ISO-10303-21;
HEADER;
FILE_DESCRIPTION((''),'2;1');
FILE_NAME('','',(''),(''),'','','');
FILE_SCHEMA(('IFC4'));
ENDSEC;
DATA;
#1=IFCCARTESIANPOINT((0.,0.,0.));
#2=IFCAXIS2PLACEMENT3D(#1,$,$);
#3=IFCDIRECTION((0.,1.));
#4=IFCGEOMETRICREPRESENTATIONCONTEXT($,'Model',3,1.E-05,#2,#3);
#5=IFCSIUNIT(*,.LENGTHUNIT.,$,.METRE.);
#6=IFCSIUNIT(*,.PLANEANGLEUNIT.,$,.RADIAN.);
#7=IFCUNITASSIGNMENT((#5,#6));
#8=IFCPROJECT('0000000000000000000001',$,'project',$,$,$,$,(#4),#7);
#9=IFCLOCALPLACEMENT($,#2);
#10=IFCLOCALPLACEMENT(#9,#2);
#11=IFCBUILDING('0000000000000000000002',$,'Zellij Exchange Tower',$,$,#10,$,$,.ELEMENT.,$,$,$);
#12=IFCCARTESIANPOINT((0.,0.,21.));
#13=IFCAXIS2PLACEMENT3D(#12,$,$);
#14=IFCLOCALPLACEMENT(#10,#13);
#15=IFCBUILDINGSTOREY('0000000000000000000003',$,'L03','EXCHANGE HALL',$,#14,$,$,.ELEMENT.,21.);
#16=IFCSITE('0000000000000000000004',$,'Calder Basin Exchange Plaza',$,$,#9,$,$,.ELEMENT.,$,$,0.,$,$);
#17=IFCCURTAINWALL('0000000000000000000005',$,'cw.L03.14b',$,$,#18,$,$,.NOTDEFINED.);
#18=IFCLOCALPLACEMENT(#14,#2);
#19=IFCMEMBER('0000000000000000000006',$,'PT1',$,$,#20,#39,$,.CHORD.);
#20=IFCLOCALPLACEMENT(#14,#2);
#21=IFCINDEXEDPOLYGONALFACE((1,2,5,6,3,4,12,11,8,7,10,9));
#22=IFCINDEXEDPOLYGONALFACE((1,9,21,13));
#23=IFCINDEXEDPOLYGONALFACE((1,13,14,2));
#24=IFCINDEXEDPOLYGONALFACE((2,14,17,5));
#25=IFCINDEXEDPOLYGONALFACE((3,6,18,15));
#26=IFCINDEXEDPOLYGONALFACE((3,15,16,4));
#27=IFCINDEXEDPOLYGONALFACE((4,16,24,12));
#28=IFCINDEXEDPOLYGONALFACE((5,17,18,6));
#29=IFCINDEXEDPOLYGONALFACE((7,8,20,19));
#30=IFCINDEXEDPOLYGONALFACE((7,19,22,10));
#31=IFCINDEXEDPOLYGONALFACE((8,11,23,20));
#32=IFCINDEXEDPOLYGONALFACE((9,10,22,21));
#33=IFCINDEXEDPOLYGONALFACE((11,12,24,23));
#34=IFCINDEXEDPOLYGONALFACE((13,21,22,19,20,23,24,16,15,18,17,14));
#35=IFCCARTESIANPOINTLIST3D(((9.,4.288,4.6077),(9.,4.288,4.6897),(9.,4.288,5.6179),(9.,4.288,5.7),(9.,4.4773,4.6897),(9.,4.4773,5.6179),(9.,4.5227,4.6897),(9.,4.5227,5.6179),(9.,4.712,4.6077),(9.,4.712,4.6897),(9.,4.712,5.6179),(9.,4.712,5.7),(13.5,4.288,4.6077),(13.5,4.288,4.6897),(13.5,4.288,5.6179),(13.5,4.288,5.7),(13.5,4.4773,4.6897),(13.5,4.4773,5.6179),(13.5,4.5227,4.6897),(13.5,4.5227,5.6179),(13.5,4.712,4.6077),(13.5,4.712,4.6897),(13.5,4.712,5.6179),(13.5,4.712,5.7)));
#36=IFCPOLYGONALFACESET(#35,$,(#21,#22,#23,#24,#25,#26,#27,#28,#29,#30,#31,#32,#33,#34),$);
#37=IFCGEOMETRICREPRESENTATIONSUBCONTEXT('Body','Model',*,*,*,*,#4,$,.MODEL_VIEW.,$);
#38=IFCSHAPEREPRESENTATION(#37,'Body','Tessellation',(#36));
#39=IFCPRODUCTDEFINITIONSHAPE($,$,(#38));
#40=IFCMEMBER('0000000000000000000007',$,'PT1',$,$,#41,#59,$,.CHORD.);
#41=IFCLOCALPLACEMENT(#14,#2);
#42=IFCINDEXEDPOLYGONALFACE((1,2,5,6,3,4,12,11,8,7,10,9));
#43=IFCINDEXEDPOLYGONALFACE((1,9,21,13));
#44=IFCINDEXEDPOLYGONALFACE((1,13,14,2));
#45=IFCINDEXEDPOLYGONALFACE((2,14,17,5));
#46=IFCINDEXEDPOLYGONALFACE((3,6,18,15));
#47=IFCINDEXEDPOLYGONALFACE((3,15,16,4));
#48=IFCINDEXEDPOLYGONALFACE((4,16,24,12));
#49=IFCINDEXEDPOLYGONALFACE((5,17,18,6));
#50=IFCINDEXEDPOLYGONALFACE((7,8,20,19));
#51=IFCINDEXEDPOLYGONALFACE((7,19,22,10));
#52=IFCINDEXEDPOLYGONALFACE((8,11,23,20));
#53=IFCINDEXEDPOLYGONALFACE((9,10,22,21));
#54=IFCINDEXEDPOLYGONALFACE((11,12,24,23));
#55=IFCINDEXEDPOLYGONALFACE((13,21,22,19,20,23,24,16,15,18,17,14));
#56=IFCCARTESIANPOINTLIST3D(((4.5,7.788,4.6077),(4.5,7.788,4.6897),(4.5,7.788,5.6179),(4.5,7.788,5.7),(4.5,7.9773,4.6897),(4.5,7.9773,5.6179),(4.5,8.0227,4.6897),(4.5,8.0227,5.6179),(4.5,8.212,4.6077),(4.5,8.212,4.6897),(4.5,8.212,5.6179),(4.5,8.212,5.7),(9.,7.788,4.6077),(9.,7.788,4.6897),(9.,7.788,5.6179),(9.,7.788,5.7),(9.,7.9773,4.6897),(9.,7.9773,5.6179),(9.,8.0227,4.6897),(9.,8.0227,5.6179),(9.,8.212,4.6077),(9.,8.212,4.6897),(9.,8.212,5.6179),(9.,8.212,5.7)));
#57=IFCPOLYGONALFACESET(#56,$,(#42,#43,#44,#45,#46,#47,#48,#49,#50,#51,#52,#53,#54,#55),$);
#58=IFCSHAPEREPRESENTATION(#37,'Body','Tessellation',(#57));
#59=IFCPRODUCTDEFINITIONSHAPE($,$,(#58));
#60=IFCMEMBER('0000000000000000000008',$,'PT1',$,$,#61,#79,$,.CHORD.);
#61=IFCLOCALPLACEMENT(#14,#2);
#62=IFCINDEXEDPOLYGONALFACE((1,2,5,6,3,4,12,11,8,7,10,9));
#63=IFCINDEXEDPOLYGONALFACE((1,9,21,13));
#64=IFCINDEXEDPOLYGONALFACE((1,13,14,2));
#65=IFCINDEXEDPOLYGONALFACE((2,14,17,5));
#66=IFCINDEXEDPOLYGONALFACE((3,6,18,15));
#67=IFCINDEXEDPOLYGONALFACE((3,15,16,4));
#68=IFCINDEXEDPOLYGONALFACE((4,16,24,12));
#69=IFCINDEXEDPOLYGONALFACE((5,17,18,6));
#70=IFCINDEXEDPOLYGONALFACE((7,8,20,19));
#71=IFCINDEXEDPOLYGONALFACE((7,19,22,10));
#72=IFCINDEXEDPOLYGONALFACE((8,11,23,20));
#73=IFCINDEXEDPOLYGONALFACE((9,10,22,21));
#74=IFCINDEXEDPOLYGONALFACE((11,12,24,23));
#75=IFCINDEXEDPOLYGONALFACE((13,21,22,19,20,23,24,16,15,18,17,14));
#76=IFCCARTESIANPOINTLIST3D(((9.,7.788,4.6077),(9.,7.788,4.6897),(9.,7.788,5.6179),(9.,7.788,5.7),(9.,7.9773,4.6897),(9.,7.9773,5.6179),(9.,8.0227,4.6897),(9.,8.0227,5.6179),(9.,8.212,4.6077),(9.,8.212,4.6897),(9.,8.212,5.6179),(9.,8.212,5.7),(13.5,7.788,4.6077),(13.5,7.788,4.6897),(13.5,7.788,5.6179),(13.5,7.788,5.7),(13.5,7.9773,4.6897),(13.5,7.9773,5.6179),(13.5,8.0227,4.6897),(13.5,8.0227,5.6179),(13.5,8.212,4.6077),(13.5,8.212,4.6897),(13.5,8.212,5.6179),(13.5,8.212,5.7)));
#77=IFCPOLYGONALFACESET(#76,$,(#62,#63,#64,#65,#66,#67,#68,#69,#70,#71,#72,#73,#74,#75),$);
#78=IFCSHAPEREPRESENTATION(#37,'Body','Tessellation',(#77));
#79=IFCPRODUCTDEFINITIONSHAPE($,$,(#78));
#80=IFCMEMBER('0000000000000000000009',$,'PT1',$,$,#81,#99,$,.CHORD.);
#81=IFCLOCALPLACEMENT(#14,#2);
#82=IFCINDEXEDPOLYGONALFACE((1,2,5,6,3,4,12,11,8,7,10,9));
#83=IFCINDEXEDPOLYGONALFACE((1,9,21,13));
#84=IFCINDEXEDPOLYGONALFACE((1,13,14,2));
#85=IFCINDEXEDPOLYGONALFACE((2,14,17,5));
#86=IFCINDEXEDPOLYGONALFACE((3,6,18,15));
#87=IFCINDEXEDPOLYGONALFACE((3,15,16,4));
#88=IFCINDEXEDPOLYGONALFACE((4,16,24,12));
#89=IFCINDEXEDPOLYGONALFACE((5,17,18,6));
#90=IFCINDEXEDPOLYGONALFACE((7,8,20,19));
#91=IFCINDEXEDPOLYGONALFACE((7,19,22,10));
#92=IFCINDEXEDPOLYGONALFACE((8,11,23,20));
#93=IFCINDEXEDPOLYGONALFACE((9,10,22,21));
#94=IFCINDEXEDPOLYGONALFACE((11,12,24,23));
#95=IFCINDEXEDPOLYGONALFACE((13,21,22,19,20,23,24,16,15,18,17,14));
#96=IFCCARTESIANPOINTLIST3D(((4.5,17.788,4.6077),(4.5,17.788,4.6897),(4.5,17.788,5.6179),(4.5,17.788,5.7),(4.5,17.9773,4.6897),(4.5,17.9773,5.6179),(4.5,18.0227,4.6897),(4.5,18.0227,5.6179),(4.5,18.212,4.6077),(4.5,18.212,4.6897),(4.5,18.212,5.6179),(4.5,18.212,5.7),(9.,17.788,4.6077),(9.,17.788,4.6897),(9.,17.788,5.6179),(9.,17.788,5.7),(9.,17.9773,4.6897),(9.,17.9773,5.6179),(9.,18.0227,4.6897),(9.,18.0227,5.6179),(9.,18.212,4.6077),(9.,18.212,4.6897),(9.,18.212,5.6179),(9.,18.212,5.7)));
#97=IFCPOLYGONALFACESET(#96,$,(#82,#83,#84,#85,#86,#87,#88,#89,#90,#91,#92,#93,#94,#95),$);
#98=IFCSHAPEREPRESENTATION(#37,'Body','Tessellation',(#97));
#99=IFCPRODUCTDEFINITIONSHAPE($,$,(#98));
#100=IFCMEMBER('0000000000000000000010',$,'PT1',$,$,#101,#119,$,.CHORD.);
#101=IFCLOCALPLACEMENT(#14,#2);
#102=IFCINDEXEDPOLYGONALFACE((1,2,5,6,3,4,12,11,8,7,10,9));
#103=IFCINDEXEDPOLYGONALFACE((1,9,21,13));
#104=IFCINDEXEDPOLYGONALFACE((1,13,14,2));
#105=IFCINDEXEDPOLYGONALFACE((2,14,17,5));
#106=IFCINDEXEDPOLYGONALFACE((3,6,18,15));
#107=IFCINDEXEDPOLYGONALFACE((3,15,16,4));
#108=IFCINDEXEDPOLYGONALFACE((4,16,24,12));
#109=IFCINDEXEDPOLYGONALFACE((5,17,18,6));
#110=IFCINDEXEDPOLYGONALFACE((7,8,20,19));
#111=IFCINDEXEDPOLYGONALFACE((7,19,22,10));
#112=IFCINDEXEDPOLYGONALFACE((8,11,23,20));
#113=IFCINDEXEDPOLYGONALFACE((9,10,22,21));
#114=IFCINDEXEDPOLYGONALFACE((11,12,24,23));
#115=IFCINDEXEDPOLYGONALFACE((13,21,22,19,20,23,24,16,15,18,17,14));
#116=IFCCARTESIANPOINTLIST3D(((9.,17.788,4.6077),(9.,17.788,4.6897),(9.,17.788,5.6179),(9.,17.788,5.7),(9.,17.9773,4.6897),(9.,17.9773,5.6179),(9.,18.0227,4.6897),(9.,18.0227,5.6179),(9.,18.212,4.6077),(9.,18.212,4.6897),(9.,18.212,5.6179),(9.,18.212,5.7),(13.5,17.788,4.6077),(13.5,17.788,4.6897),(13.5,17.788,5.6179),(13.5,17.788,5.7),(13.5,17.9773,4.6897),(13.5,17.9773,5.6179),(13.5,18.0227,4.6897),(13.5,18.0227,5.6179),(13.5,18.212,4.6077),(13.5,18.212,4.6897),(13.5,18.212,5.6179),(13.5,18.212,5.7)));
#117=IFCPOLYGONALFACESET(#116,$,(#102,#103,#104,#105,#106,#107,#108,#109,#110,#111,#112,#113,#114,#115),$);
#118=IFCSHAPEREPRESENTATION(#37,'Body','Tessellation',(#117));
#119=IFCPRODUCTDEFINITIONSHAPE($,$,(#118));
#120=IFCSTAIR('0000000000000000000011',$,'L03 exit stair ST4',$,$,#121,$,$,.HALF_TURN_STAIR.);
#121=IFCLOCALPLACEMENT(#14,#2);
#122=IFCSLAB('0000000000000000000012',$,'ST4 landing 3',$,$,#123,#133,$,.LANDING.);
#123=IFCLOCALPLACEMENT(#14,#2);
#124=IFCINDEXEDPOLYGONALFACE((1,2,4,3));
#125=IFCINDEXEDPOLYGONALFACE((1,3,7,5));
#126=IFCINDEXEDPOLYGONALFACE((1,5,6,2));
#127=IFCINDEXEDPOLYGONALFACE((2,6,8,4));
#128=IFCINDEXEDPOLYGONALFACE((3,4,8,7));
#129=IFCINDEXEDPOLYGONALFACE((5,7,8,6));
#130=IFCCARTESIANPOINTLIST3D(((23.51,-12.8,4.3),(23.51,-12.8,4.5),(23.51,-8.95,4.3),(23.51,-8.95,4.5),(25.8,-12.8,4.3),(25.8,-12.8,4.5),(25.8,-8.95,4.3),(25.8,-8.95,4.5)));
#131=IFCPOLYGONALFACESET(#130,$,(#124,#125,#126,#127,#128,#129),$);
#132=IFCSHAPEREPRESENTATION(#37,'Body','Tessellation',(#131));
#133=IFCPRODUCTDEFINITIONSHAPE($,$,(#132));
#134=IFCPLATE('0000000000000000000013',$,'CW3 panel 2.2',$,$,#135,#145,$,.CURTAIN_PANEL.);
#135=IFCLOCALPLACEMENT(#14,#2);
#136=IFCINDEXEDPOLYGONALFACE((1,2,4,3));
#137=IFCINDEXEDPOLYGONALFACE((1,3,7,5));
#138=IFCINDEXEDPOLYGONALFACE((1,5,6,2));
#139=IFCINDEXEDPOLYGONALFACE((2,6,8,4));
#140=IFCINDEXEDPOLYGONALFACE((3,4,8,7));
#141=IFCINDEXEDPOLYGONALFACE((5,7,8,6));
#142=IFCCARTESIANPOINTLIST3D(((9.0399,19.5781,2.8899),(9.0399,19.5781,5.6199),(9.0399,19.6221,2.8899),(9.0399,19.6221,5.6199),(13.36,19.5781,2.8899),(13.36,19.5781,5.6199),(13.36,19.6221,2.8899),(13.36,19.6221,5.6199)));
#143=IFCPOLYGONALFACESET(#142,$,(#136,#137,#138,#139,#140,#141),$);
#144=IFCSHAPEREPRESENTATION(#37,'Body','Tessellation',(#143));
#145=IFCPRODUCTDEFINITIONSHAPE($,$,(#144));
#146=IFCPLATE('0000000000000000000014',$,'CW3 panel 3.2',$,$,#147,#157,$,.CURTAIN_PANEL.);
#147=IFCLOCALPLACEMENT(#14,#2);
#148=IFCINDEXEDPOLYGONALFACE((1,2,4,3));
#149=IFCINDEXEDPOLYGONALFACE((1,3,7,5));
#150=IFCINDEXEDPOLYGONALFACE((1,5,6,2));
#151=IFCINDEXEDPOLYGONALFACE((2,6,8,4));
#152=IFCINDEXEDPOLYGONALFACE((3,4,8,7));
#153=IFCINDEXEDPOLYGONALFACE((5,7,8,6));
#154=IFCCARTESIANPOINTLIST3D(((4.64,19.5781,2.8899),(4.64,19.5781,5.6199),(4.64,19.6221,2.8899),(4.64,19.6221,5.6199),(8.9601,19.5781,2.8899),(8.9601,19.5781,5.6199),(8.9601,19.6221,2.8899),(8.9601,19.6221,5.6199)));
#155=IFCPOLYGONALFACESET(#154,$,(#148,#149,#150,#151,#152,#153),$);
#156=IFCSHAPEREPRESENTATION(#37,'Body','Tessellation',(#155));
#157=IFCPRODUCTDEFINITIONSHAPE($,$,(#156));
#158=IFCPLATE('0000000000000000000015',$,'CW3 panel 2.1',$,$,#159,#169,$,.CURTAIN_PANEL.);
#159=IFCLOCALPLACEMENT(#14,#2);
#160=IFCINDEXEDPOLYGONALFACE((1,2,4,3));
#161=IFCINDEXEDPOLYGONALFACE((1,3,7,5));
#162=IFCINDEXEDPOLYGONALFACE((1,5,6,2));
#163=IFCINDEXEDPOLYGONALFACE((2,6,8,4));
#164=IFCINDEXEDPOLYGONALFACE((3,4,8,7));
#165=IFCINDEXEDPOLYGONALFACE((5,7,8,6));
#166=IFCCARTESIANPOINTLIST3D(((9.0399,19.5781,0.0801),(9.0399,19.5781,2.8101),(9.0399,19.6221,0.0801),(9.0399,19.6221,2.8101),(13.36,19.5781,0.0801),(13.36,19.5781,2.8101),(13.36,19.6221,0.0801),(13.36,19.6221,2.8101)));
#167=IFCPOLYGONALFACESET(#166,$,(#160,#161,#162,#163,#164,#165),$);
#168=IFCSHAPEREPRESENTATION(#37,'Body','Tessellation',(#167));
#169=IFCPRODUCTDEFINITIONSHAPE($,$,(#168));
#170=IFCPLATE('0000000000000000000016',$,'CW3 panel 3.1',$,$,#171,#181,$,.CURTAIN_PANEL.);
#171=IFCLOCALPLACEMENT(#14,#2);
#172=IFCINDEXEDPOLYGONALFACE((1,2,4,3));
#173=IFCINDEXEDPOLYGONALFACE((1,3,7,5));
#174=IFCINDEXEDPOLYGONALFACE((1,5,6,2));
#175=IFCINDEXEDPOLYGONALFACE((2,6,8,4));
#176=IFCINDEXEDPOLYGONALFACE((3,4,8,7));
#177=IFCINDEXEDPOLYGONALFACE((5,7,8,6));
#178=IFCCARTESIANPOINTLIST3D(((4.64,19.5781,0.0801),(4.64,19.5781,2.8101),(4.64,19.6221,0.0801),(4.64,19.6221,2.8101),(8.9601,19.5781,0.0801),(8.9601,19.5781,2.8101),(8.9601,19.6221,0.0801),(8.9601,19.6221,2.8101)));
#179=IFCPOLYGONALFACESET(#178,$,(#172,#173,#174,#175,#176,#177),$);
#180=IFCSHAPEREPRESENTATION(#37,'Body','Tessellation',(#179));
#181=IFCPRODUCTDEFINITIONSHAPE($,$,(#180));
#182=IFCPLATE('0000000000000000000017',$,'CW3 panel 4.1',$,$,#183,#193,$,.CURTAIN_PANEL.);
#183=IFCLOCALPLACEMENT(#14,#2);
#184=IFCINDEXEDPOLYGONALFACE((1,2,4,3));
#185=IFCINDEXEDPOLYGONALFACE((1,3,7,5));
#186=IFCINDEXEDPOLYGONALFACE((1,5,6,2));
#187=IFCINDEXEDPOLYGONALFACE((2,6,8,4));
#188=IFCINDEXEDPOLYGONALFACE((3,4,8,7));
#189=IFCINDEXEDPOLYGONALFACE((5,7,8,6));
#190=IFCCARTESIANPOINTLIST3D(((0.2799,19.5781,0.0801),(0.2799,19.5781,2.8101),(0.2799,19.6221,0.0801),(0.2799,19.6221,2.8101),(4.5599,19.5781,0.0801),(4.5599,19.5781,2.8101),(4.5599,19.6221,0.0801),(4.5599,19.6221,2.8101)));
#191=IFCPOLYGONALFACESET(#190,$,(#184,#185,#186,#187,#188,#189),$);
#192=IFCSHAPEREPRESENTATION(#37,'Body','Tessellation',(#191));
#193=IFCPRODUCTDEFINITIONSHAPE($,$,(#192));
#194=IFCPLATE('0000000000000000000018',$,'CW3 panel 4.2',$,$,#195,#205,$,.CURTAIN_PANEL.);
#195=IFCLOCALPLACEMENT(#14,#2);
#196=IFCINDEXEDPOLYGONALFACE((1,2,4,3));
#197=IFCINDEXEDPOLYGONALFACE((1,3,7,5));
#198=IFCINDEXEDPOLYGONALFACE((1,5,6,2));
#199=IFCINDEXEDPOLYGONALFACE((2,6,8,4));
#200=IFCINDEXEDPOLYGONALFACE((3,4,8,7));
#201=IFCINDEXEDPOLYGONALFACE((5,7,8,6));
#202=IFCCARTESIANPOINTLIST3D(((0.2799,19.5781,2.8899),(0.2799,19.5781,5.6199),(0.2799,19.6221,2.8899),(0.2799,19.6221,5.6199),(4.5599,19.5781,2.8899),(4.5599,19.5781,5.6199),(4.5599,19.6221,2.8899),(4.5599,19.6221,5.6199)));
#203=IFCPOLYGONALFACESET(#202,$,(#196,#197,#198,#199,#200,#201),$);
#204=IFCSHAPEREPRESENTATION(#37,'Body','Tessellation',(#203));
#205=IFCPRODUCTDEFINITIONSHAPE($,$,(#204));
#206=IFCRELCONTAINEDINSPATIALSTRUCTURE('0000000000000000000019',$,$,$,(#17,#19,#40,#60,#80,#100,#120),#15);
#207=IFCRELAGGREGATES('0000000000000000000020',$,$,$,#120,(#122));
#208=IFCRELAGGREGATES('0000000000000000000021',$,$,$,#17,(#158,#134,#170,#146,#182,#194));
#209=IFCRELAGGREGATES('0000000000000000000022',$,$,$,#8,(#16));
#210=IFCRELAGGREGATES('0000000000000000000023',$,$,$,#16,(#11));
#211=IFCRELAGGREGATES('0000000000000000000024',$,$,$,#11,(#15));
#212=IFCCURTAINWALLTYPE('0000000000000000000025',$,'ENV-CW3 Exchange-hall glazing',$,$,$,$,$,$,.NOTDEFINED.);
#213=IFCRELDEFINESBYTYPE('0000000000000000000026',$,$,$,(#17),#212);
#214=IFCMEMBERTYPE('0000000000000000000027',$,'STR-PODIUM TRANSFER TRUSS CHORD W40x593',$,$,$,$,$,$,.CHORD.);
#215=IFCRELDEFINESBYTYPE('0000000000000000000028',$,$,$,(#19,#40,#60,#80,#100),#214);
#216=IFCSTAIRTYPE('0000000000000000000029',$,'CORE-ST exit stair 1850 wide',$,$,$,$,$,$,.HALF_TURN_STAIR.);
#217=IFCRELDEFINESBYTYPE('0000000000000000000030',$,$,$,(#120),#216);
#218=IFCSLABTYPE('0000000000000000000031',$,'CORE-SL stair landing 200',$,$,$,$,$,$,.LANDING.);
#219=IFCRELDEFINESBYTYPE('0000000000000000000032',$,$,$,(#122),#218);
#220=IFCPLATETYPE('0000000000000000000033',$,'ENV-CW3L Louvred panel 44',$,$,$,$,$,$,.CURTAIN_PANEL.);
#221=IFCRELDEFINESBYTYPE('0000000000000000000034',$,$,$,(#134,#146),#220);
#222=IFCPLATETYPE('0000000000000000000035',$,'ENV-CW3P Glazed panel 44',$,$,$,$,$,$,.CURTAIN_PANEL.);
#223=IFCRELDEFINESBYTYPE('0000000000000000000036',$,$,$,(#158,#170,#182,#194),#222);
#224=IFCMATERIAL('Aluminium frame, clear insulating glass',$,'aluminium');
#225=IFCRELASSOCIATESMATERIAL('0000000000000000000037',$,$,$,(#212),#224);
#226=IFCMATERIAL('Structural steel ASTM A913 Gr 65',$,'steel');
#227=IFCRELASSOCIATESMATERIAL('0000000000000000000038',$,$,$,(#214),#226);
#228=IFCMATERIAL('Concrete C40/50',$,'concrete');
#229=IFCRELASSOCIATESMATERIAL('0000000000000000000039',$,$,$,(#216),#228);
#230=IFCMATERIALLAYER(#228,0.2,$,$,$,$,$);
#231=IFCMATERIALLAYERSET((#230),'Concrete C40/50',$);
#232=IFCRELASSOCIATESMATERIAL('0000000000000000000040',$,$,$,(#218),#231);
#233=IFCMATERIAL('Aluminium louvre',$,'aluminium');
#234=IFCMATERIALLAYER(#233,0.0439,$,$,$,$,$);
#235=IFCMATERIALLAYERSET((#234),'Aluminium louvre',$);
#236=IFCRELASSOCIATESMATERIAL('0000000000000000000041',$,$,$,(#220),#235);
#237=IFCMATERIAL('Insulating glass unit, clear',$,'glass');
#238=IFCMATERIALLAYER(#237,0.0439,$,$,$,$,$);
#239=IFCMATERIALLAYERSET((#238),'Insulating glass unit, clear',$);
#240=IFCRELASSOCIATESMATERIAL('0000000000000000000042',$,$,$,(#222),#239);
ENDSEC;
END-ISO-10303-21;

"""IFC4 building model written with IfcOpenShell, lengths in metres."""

from ifc_helpers import new_model, si_unit, direction, frame, origin, origin_2d, place, context, subcontext, project, spatial, polyline, rectangle, i_section, outline, extrude, material, layer, layer_set, material_profile, profile_set, type_object, element, aggregate, save


model = new_model("IFC4")

# Units and contexts
model_context = context("Model", 3, precision=1e-05, world=origin(), true_north=direction((0.0, 1.0)))
body_context = subcontext(model_context, "Body", "Model", "MODEL_VIEW")
ifc_project = project(units=[si_unit("LENGTHUNIT", "METRE"), si_unit("PLANEANGLEUNIT", "RADIAN")], contexts=[model_context])

# Site, building, storey
site_placement = place(None, origin())
site = spatial("IfcSite", under=ifc_project, at=site_placement, Name="Calder Basin Exchange Plaza", CompositionType="ELEMENT", RefElevation=0.0)
building_placement = place(site_placement, origin())
building = spatial("IfcBuilding", under=site, at=building_placement, Name="Zellij Exchange Tower", CompositionType="ELEMENT")
storey_placement = place(building_placement, frame((0.0, 0.0, 21.0)))
storey = spatial("IfcBuildingStorey", under=building, at=storey_placement, Name="L03", Description="EXCHANGE HALL", CompositionType="ELEMENT", Elevation=21.0)

# Curtain wall
ifc_material_1 = material(Name="Aluminium frame, clear insulating glass", Category="aluminium")
curtain_wall_type = type_object("IfcCurtainWallType", Name="ENV-CW3 Exchange-hall glazing", PredefinedType="NOTDEFINED", material=ifc_material_1)
curtain_wall_placement = place(storey_placement, origin())
curtain_wall = element("IfcCurtainWall", 1, at=curtain_wall_placement, inside=storey, type_object=curtain_wall_type, Name="cw.L03.14b", PredefinedType="NOTDEFINED")

# Members
ifc_material_2 = material(Name="Structural steel ASTM A913 Gr 65", Category="steel")
ifc_material_profile_1 = material_profile(ifc_material_2, i_section(OverallWidth=0.4241, OverallDepth=1.0923, WebThickness=0.0454, FlangeThickness=0.082, at=origin_2d()), Name="W40x593")
ifc_profile_set_1 = profile_set([ifc_material_profile_1], Name="Structural steel ASTM A913 Gr 65")
member_type_1 = type_object("IfcMemberType", Name="STR-PODIUM TRANSFER TRUSS CHORD W40x593", PredefinedType="CHORD", material=ifc_profile_set_1)
for number, where, z_axis, x_axis, name in (
    (2, (9.0, 4.5, 5.1538), (1.0, 0.0, 0.0), (0.0, 1.0, 0.0), "PT1"),
    (3, (4.5, 8.0, 5.1538), (1.0, 0.0, 0.0), (0.0, 1.0, 0.0), "PT1"),
    (4, (9.0, 8.0, 5.1538), (1.0, 0.0, 0.0), (0.0, 1.0, 0.0), "PT1"),
    (5, (4.5, 18.0, 5.1538), (1.0, 0.0, 0.0), (0.0, 1.0, 0.0), "PT1"),
    (6, (9.0, 18.0, 5.1538), (1.0, 0.0, 0.0), (0.0, 1.0, 0.0), "PT1"),
):
    element("IfcMember", number, at=place(storey_placement, frame(where, z_axis=z_axis, x_axis=x_axis)), inside=storey, type_object=member_type_1, Name=name, PredefinedType="CHORD", context=body_context, shape_type="SweptSolid", body=[
        extrude(i_section(OverallWidth=0.4241, OverallDepth=1.0923, WebThickness=0.0454, FlangeThickness=0.082, at=origin_2d()), origin(), (0.0, 0.0, 1.0), 4.5),
    ])

# Stair, slab
ifc_material_3 = material(Name="Concrete C40/50", Category="concrete")
stair_type = type_object("IfcStairType", Name="CORE-ST exit stair 1850 wide", PredefinedType="HALF_TURN_STAIR", material=ifc_material_3)
stair_placement = place(storey_placement, origin())
stair = element("IfcStair", 7, at=stair_placement, inside=storey, type_object=stair_type, Name="L03 exit stair ST4", PredefinedType="HALF_TURN_STAIR")
ifc_layer_1 = layer(ifc_material_3, 0.2)
ifc_layer_set_1 = layer_set([ifc_layer_1], Name="Concrete C40/50")
slab_type = type_object("IfcSlabType", Name="CORE-SL stair landing 200", PredefinedType="LANDING", material=ifc_layer_set_1)
slab_placement = place(storey_placement, frame((0.0, 0.0, 4.3)))
slab = element("IfcSlab", 8, at=slab_placement, type_object=slab_type, Name="ST4 landing 3", PredefinedType="LANDING", context=body_context, shape_type="SweptSolid", body=[
    extrude(outline(polyline([(23.51, -12.8), (25.8, -12.8), (25.8, -8.95), (23.51, -8.95), (23.51, -12.8)])), origin(), (0.0, 0.0, 1.0), 0.2),
])
aggregate(stair, [slab])

# Plates
ifc_material_4 = material(Name="Aluminium louvre", Category="aluminium")
ifc_layer_2 = layer(ifc_material_4, 0.0439)
ifc_layer_set_2 = layer_set([ifc_layer_2], Name="Aluminium louvre")
plate_type_1 = type_object("IfcPlateType", Name="ENV-CW3L Louvred panel 44", PredefinedType="CURTAIN_PANEL", material=ifc_layer_set_2)
plate_1_placement = place(storey_placement, frame((11.2, 19.6001, 2.8899), z_axis=(0.0, 0.0, 1.0), x_axis=(-1.0, 0.0, 0.0)))
plate_1 = element("IfcPlate", 9, at=plate_1_placement, type_object=plate_type_1, Name="CW3 panel 2.2", PredefinedType="CURTAIN_PANEL", context=body_context, shape_type="SweptSolid", body=[
    extrude(rectangle(XDim=4.3201, YDim=0.0439, at=origin_2d()), origin(), (0.0, 0.0, 1.0), 2.73),
])
plate_2_placement = place(storey_placement, frame((6.8, 19.6001, 2.8899), z_axis=(0.0, 0.0, 1.0), x_axis=(-1.0, 0.0, 0.0)))
plate_2 = element("IfcPlate", 10, at=plate_2_placement, type_object=plate_type_1, Name="CW3 panel 3.2", PredefinedType="CURTAIN_PANEL", context=body_context, shape_type="SweptSolid", body=[
    extrude(rectangle(XDim=4.3201, YDim=0.0439, at=origin_2d()), origin(), (0.0, 0.0, 1.0), 2.73),
])
ifc_material_5 = material(Name="Insulating glass unit, clear", Category="glass")
ifc_layer_3 = layer(ifc_material_5, 0.0439)
ifc_layer_set_3 = layer_set([ifc_layer_3], Name="Insulating glass unit, clear")
plate_type_2 = type_object("IfcPlateType", Name="ENV-CW3P Glazed panel 44", PredefinedType="CURTAIN_PANEL", material=ifc_layer_set_3)
plate_3_placement = place(storey_placement, frame((11.2, 19.6001, 0.0801), z_axis=(0.0, 0.0, 1.0), x_axis=(-1.0, 0.0, 0.0)))
plate_3 = element("IfcPlate", 11, at=plate_3_placement, type_object=plate_type_2, Name="CW3 panel 2.1", PredefinedType="CURTAIN_PANEL", context=body_context, shape_type="SweptSolid", body=[
    extrude(rectangle(XDim=4.3201, YDim=0.0439, at=origin_2d()), origin(), (0.0, 0.0, 1.0), 2.73),
])
plate_4_placement = place(storey_placement, frame((6.8, 19.6001, 0.0801), z_axis=(0.0, 0.0, 1.0), x_axis=(-1.0, 0.0, 0.0)))
plate_4 = element("IfcPlate", 12, at=plate_4_placement, type_object=plate_type_2, Name="CW3 panel 3.1", PredefinedType="CURTAIN_PANEL", context=body_context, shape_type="SweptSolid", body=[
    extrude(rectangle(XDim=4.3201, YDim=0.0439, at=origin_2d()), origin(), (0.0, 0.0, 1.0), 2.73),
])
plate_5_placement = place(storey_placement, frame((2.4199, 19.6001, 0.0801), z_axis=(0.0, 0.0, 1.0), x_axis=(-1.0, 0.0, 0.0)))
plate_5 = element("IfcPlate", 13, at=plate_5_placement, type_object=plate_type_2, Name="CW3 panel 4.1", PredefinedType="CURTAIN_PANEL", context=body_context, shape_type="SweptSolid", body=[
    extrude(rectangle(XDim=4.28, YDim=0.0439, at=origin_2d()), origin(), (0.0, 0.0, 1.0), 2.73),
])
plate_6_placement = place(storey_placement, frame((2.4199, 19.6001, 2.8899), z_axis=(0.0, 0.0, 1.0), x_axis=(-1.0, 0.0, 0.0)))
plate_6 = element("IfcPlate", 14, at=plate_6_placement, type_object=plate_type_2, Name="CW3 panel 4.2", PredefinedType="CURTAIN_PANEL", context=body_context, shape_type="SweptSolid", body=[
    extrude(rectangle(XDim=4.28, YDim=0.0439, at=origin_2d()), origin(), (0.0, 0.0, 1.0), 2.73),
])
aggregate(curtain_wall, [plate_3, plate_1, plate_4, plate_2, plate_5, plate_6])

save(model, "model.ifc")
